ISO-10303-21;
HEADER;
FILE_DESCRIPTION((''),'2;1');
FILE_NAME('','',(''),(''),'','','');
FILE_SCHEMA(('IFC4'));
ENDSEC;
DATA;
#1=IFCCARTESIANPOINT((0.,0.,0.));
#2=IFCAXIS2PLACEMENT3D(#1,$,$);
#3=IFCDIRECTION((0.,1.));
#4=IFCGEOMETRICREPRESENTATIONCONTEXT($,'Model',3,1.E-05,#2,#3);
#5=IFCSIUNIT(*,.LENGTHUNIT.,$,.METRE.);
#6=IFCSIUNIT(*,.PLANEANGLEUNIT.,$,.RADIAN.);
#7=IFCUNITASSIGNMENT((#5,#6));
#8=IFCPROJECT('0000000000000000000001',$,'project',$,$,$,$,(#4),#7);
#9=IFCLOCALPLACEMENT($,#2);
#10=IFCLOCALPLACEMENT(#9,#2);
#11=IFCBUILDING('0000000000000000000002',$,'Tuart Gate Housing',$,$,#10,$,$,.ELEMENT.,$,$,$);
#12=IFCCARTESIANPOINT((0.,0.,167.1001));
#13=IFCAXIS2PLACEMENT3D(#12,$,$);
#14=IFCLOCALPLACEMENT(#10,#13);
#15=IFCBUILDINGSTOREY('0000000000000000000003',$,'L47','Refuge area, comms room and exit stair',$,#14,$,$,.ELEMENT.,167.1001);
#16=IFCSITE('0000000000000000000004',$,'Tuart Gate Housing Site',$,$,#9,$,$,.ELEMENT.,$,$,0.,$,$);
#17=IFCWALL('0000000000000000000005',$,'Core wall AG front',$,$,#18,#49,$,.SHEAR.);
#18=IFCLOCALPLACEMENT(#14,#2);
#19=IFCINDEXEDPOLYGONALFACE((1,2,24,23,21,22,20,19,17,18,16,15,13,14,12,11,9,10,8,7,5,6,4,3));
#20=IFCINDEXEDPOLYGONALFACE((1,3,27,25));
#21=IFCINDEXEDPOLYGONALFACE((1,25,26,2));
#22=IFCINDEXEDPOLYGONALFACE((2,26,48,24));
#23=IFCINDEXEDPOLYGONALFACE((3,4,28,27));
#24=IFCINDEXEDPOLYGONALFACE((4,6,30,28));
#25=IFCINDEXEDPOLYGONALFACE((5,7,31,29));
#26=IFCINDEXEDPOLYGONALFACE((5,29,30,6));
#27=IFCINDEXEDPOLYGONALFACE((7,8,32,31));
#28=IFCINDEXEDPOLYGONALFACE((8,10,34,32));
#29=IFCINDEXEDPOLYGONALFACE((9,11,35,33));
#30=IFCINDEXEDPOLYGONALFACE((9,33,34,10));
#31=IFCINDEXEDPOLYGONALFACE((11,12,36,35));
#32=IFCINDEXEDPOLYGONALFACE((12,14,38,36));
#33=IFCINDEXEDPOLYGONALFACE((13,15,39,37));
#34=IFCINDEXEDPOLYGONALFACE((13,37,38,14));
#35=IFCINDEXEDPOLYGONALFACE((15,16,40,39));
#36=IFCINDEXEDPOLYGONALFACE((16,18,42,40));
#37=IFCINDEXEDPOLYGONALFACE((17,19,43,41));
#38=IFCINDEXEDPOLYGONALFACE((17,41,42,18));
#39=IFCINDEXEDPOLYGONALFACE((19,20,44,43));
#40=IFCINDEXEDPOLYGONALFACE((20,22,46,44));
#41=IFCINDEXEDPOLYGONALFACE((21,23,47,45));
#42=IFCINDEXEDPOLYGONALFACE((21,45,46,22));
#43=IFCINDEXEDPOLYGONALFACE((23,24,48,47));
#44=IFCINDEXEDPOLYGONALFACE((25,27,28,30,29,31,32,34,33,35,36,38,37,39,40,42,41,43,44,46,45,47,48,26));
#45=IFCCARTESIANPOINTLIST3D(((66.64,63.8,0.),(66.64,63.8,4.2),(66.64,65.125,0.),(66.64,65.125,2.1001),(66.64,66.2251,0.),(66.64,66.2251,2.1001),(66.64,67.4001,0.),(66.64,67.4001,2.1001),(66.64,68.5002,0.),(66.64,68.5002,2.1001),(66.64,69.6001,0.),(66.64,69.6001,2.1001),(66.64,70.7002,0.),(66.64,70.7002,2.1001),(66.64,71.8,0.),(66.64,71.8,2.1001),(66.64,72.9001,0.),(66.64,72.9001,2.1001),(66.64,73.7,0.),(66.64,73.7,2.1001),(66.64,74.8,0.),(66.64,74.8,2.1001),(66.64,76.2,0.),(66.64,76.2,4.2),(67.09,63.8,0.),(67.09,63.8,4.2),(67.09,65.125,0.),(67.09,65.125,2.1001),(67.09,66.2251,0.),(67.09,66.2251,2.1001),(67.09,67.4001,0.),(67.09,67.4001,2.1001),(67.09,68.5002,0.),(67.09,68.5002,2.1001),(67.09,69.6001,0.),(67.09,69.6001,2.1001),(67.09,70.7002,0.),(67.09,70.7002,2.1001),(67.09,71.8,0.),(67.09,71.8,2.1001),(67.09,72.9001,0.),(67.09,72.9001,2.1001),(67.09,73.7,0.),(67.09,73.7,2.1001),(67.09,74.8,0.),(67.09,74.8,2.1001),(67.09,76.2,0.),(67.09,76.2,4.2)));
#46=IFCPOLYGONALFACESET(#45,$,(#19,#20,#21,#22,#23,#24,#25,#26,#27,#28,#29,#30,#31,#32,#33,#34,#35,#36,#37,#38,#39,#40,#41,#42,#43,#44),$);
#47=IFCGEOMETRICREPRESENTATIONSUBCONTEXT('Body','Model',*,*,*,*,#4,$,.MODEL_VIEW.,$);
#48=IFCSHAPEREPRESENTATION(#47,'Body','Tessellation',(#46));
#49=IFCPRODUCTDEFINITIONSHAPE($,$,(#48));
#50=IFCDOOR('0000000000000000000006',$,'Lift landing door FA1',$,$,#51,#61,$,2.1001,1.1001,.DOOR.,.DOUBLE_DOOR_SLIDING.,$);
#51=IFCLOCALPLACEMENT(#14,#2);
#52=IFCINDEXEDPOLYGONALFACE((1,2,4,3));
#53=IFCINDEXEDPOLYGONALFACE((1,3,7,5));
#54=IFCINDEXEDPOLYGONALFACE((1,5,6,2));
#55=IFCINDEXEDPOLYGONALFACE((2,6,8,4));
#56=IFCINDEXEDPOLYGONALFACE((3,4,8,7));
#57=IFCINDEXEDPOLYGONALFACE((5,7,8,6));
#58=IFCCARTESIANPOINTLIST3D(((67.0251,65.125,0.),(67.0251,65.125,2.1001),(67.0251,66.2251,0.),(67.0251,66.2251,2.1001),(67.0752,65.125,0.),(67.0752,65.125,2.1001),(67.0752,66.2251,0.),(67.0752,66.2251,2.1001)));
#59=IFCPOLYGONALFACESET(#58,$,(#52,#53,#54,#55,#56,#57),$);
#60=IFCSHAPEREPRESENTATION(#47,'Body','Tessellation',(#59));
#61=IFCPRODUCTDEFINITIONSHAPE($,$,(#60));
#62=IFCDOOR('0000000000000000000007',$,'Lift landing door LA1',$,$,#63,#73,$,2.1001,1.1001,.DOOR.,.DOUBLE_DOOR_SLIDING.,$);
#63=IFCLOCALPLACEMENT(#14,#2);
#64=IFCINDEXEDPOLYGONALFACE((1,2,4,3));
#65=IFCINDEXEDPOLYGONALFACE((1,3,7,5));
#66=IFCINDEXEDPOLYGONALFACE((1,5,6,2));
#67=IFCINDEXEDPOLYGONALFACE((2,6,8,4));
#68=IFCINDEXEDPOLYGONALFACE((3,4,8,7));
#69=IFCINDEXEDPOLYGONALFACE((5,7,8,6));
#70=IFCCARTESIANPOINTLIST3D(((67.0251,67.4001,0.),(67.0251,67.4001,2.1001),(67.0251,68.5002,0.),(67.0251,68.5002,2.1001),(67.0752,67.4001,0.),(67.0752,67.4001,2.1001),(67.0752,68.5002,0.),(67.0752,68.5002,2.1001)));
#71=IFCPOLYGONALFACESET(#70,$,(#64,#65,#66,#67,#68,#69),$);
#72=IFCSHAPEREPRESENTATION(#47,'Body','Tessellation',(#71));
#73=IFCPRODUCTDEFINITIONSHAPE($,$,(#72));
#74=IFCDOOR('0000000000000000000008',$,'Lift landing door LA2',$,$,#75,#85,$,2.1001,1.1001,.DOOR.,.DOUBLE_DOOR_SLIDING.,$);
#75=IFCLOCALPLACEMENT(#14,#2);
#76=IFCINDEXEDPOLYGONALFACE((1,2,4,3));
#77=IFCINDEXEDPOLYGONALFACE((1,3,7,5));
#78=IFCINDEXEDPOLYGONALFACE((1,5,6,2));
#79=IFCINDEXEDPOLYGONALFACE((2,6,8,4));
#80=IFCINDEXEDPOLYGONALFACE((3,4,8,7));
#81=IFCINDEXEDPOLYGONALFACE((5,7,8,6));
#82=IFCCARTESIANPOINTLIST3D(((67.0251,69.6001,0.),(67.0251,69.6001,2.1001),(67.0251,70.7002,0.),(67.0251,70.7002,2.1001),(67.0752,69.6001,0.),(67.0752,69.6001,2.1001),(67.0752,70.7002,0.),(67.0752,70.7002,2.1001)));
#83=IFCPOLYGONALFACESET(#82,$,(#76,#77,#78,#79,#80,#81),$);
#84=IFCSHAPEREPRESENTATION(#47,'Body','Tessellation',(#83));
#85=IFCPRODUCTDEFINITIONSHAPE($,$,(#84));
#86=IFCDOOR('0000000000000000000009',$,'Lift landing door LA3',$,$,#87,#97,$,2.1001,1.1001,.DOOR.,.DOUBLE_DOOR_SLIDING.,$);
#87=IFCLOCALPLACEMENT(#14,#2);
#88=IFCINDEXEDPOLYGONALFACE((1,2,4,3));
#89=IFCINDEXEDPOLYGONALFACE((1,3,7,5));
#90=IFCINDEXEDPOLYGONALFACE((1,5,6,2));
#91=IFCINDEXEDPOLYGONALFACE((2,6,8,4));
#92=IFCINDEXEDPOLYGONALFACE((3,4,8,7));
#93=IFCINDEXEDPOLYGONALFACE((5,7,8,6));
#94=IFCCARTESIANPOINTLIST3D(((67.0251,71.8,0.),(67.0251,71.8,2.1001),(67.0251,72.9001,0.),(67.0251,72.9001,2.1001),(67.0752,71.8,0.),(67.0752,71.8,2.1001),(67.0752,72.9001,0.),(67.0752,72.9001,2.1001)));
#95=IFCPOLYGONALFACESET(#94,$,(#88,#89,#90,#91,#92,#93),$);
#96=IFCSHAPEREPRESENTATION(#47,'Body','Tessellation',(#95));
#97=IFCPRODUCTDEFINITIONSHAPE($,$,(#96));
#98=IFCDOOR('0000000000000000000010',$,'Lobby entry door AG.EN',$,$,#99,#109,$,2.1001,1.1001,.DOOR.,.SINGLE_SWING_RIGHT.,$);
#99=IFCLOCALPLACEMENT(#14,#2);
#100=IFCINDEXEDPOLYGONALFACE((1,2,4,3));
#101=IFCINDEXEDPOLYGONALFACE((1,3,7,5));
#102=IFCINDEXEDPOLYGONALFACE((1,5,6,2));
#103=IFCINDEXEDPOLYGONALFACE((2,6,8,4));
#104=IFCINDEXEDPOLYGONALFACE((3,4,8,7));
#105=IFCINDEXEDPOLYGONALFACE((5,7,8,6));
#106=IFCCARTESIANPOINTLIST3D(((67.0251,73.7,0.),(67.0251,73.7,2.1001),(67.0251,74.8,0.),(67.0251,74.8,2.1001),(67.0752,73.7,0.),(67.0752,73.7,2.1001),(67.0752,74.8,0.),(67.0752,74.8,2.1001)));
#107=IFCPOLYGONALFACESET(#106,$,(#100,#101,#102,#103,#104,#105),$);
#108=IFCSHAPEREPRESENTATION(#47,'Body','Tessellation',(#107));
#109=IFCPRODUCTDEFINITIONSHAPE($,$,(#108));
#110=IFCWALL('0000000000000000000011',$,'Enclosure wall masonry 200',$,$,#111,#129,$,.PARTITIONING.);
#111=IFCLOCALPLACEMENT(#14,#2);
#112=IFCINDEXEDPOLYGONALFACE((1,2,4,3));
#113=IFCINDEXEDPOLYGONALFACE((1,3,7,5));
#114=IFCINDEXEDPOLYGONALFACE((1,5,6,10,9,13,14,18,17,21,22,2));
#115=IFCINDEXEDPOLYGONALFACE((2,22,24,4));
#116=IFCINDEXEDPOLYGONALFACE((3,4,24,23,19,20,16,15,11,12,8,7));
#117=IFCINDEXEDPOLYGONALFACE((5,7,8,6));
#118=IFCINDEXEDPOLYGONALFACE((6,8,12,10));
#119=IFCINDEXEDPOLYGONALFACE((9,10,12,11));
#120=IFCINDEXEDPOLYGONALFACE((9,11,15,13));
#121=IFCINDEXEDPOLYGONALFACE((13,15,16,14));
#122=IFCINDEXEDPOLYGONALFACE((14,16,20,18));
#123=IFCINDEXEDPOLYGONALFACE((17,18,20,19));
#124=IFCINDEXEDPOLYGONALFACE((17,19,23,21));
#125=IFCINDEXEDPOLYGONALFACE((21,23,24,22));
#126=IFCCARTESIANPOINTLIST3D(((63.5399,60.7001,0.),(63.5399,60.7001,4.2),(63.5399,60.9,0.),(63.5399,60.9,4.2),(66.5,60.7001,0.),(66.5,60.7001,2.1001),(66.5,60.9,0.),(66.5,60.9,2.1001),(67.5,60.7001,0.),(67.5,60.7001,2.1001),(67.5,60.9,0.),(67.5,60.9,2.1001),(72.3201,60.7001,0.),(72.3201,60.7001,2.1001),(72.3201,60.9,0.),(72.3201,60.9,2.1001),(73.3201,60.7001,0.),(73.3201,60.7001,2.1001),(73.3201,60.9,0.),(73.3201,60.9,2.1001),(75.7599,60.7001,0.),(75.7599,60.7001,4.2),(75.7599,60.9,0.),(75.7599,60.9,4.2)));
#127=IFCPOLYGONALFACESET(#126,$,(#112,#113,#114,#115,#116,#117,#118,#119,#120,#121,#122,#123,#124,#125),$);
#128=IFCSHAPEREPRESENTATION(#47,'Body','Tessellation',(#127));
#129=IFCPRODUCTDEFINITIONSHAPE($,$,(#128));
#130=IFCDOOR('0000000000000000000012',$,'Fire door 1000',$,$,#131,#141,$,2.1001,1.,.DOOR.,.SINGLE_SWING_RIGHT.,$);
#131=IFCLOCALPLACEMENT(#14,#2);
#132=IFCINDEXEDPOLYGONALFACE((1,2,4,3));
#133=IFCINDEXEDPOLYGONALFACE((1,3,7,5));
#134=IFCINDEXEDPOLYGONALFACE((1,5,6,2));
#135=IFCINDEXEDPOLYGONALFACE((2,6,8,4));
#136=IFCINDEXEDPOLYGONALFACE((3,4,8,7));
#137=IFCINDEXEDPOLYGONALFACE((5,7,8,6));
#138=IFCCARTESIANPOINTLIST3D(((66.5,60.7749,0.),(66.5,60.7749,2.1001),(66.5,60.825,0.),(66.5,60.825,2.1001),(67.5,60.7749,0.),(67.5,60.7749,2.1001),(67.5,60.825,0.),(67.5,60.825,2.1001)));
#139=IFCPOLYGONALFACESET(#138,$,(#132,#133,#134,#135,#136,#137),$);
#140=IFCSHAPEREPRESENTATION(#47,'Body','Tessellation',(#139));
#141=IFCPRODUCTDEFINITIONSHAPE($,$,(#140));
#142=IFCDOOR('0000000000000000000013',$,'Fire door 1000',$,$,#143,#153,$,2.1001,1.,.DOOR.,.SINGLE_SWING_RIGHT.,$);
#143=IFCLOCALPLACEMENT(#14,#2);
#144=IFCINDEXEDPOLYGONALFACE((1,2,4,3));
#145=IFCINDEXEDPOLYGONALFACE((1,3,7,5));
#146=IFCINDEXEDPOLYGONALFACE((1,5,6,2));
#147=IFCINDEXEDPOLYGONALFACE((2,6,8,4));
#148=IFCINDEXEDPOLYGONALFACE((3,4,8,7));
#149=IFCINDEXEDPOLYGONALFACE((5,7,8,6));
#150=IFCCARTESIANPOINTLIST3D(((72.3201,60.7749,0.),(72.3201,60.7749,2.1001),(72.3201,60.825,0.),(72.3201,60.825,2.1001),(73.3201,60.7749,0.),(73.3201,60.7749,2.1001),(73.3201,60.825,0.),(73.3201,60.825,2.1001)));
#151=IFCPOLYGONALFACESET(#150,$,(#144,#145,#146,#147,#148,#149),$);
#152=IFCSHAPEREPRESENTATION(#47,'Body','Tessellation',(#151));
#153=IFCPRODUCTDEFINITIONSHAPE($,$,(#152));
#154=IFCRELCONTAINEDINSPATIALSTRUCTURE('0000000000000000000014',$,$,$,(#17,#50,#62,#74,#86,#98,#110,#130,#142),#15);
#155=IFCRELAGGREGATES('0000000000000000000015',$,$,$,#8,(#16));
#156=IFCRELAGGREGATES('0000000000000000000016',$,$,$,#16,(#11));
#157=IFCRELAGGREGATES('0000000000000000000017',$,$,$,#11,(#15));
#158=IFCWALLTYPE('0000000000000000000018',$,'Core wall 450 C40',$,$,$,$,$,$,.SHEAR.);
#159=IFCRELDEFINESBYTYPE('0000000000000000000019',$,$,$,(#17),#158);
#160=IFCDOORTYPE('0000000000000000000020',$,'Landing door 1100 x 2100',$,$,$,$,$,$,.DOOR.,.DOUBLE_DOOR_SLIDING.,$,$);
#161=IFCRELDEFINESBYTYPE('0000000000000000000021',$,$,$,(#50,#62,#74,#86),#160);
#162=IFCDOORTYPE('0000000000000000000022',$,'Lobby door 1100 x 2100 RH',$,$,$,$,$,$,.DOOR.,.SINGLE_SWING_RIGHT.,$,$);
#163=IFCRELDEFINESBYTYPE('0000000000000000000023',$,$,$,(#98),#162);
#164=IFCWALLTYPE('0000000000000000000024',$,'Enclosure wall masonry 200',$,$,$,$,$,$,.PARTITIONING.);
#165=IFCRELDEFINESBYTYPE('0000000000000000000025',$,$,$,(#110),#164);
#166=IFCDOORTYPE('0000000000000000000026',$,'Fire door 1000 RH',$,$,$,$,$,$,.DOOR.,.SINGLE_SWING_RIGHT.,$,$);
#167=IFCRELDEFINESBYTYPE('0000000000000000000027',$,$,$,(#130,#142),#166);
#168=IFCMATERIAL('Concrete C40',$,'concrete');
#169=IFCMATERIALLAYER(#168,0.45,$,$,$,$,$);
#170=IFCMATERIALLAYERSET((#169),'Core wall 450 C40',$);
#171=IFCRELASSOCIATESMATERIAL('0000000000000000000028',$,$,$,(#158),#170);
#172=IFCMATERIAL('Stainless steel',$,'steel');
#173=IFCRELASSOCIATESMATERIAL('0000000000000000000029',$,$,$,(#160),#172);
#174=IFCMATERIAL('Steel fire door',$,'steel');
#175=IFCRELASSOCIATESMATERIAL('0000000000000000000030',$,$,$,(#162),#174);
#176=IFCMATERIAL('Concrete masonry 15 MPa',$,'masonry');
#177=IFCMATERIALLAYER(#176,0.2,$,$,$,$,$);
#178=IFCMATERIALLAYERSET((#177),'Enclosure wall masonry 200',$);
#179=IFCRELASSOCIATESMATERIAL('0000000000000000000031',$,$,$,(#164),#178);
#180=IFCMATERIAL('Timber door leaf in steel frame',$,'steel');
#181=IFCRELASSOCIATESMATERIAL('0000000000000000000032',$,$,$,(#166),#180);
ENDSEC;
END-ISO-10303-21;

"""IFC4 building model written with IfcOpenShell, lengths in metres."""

from ifc_helpers import new_model, si_unit, direction, frame, frame_2d, origin, place, context, subcontext, project, spatial, rectangle, extrude, material, layer, layer_set, type_object, element, fill, save


model = new_model("IFC4")

# Units and contexts
model_context = context("Model", 3, precision=1e-05, world=origin(), true_north=direction((0.0, 1.0)))
body_context = subcontext(model_context, "Body", "Model", "MODEL_VIEW")
ifc_project = project(units=[si_unit("LENGTHUNIT", "METRE"), si_unit("PLANEANGLEUNIT", "RADIAN")], contexts=[model_context])

# Site, building, storey
site_placement = place(None, origin())
site = spatial("IfcSite", under=ifc_project, at=site_placement, Name="Tuart Gate Housing Site", CompositionType="ELEMENT", RefElevation=0.0)
building_placement = place(site_placement, origin())
building = spatial("IfcBuilding", under=site, at=building_placement, Name="Tuart Gate Housing", CompositionType="ELEMENT")
storey_placement = place(building_placement, frame((0.0, 0.0, 167.1001)))
storey = spatial("IfcBuildingStorey", under=building, at=storey_placement, Name="L47", Description="Refuge area, comms room and exit stair", CompositionType="ELEMENT", Elevation=167.1001)

# Walls, openings, doors
ifc_material_1 = material(Name="Concrete C40", Category="concrete")
ifc_layer_1 = layer(ifc_material_1, 0.45)
ifc_layer_set_1 = layer_set([ifc_layer_1], Name="Core wall 450 C40")
wall_type_1 = type_object("IfcWallType", Name="Core wall 450 C40", PredefinedType="SHEAR", material=ifc_layer_set_1)
wall_1_placement = place(storey_placement, frame((66.865, 63.8, 0.0), z_axis=(0.0, 0.0, 1.0), x_axis=(0.0, 1.0, 0.0)))
wall_1 = element("IfcWall", 1, at=wall_1_placement, inside=storey, type_object=wall_type_1, Name="Core wall AG front", PredefinedType="SHEAR", context=body_context, shape_type="SweptSolid", body=[
    extrude(rectangle(XDim=12.3999, YDim=0.45, at=frame_2d((6.2, 0.0))), origin(), (0.0, 0.0, 1.0), 4.2),
])
opening_1_placement = place(wall_1_placement, frame((1.325, 0.0, 0.0)))
opening_1 = element("IfcOpeningElement", 2, at=opening_1_placement, cuts=wall_1, PredefinedType="OPENING", context=body_context, shape_type="SweptSolid", body=[
    extrude(rectangle(XDim=1.1001, YDim=2.1001, at=frame_2d((0.55, 1.05))), frame((0.0, 0.2349, 0.0), z_axis=(0.0, -1.0, 0.0), x_axis=(1.0, 0.0, 0.0)), (0.0, 0.0, 1.0), 0.47),
])
opening_2_placement = place(wall_1_placement, frame((3.6001, 0.0, 0.0)))
opening_2 = element("IfcOpeningElement", 3, at=opening_2_placement, cuts=wall_1, PredefinedType="OPENING", context=body_context, shape_type="SweptSolid", body=[
    extrude(rectangle(XDim=1.1001, YDim=2.1001, at=frame_2d((0.55, 1.05))), frame((0.0, 0.2349, 0.0), z_axis=(0.0, -1.0, 0.0), x_axis=(1.0, 0.0, 0.0)), (0.0, 0.0, 1.0), 0.47),
])
opening_3_placement = place(wall_1_placement, frame((5.8, 0.0, 0.0)))
opening_3 = element("IfcOpeningElement", 4, at=opening_3_placement, cuts=wall_1, PredefinedType="OPENING", context=body_context, shape_type="SweptSolid", body=[
    extrude(rectangle(XDim=1.1001, YDim=2.1001, at=frame_2d((0.55, 1.05))), frame((0.0, 0.2349, 0.0), z_axis=(0.0, -1.0, 0.0), x_axis=(1.0, 0.0, 0.0)), (0.0, 0.0, 1.0), 0.47),
])
opening_4_placement = place(wall_1_placement, frame((8.0, 0.0, 0.0)))
opening_4 = element("IfcOpeningElement", 5, at=opening_4_placement, cuts=wall_1, PredefinedType="OPENING", context=body_context, shape_type="SweptSolid", body=[
    extrude(rectangle(XDim=1.1001, YDim=2.1001, at=frame_2d((0.55, 1.05))), frame((0.0, 0.2349, 0.0), z_axis=(0.0, -1.0, 0.0), x_axis=(1.0, 0.0, 0.0)), (0.0, 0.0, 1.0), 0.47),
])
opening_5_placement = place(wall_1_placement, frame((9.8999, 0.0, 0.0)))
opening_5 = element("IfcOpeningElement", 6, at=opening_5_placement, cuts=wall_1, PredefinedType="OPENING", context=body_context, shape_type="SweptSolid", body=[
    extrude(rectangle(XDim=1.1001, YDim=2.1001, at=frame_2d((0.55, 1.05))), frame((0.0, 0.2349, 0.0), z_axis=(0.0, -1.0, 0.0), x_axis=(1.0, 0.0, 0.0)), (0.0, 0.0, 1.0), 0.47),
])
ifc_material_2 = material(Name="Stainless steel", Category="steel")
door_type_1 = type_object("IfcDoorType", Name="Landing door 1100 x 2100", OperationType="DOUBLE_DOOR_SLIDING", PredefinedType="DOOR", material=ifc_material_2)
door_1_placement = place(opening_1_placement, origin())
door_1 = element("IfcDoor", 7, at=door_1_placement, inside=storey, type_object=door_type_1, Name="Lift landing door FA1", OperationType="DOUBLE_DOOR_SLIDING", OverallHeight=2.1001, OverallWidth=1.1001, PredefinedType="DOOR", context=body_context, shape_type="SweptSolid", body=[
    extrude(rectangle(XDim=1.1001, YDim=2.1001, at=frame_2d((0.55, 1.05))), frame((0.0, -0.1602, 0.0), z_axis=(0.0, -1.0, 0.0), x_axis=(1.0, 0.0, 0.0)), (0.0, 0.0, 1.0), 0.05),
])
fill(opening_1, door_1)
door_2_placement = place(opening_2_placement, origin())
door_2 = element("IfcDoor", 8, at=door_2_placement, inside=storey, type_object=door_type_1, Name="Lift landing door LA1", OperationType="DOUBLE_DOOR_SLIDING", OverallHeight=2.1001, OverallWidth=1.1001, PredefinedType="DOOR", context=body_context, shape_type="SweptSolid", body=[
    extrude(rectangle(XDim=1.1001, YDim=2.1001, at=frame_2d((0.55, 1.05))), frame((0.0, -0.1602, 0.0), z_axis=(0.0, -1.0, 0.0), x_axis=(1.0, 0.0, 0.0)), (0.0, 0.0, 1.0), 0.05),
])
fill(opening_2, door_2)
door_3_placement = place(opening_3_placement, origin())
door_3 = element("IfcDoor", 9, at=door_3_placement, inside=storey, type_object=door_type_1, Name="Lift landing door LA2", OperationType="DOUBLE_DOOR_SLIDING", OverallHeight=2.1001, OverallWidth=1.1001, PredefinedType="DOOR", context=body_context, shape_type="SweptSolid", body=[
    extrude(rectangle(XDim=1.1001, YDim=2.1001, at=frame_2d((0.55, 1.05))), frame((0.0, -0.1602, 0.0), z_axis=(0.0, -1.0, 0.0), x_axis=(1.0, 0.0, 0.0)), (0.0, 0.0, 1.0), 0.05),
])
fill(opening_3, door_3)
door_4_placement = place(opening_4_placement, origin())
door_4 = element("IfcDoor", 10, at=door_4_placement, inside=storey, type_object=door_type_1, Name="Lift landing door LA3", OperationType="DOUBLE_DOOR_SLIDING", OverallHeight=2.1001, OverallWidth=1.1001, PredefinedType="DOOR", context=body_context, shape_type="SweptSolid", body=[
    extrude(rectangle(XDim=1.1001, YDim=2.1001, at=frame_2d((0.55, 1.05))), frame((0.0, -0.1602, 0.0), z_axis=(0.0, -1.0, 0.0), x_axis=(1.0, 0.0, 0.0)), (0.0, 0.0, 1.0), 0.05),
])
fill(opening_4, door_4)
ifc_material_3 = material(Name="Steel fire door", Category="steel")
door_type_2 = type_object("IfcDoorType", Name="Lobby door 1100 x 2100 RH", OperationType="SINGLE_SWING_RIGHT", PredefinedType="DOOR", material=ifc_material_3)
door_5_placement = place(opening_5_placement, frame((1.1001, 0.0, 0.0), z_axis=(0.0, 0.0, 1.0), x_axis=(-1.0, 0.0, 0.0)))
door_5 = element("IfcDoor", 11, at=door_5_placement, inside=storey, type_object=door_type_2, Name="Lobby entry door AG.EN", OperationType="SINGLE_SWING_RIGHT", OverallHeight=2.1001, OverallWidth=1.1001, PredefinedType="DOOR", context=body_context, shape_type="SweptSolid", body=[
    extrude(rectangle(XDim=1.1001, YDim=2.1001, at=frame_2d((0.55, 1.05))), frame((0.0, 0.2102, 0.0), z_axis=(0.0, -1.0, 0.0), x_axis=(1.0, 0.0, 0.0)), (0.0, 0.0, 1.0), 0.05),
])
fill(opening_5, door_5)
ifc_material_4 = material(Name="Concrete masonry 15 MPa", Category="masonry")
ifc_layer_2 = layer(ifc_material_4, 0.2)
ifc_layer_set_2 = layer_set([ifc_layer_2], Name="Enclosure wall masonry 200")
wall_type_2 = type_object("IfcWallType", Name="Enclosure wall masonry 200", PredefinedType="PARTITIONING", material=ifc_layer_set_2)
wall_2_placement = place(storey_placement, frame((63.54, 60.8, 0.0), z_axis=(0.0, 0.0, 1.0), x_axis=(1.0, 0.0, 0.0)))
wall_2 = element("IfcWall", 12, at=wall_2_placement, inside=storey, type_object=wall_type_2, Name="Enclosure wall masonry 200", PredefinedType="PARTITIONING", context=body_context, shape_type="SweptSolid", body=[
    extrude(rectangle(XDim=12.22, YDim=0.2, at=frame_2d((6.1099, 0.0))), origin(), (0.0, 0.0, 1.0), 4.2),
])
opening_6_placement = place(wall_2_placement, frame((2.96, 0.0, 0.0)))
opening_6 = element("IfcOpeningElement", 13, at=opening_6_placement, cuts=wall_2, PredefinedType="OPENING", context=body_context, shape_type="SweptSolid", body=[
    extrude(rectangle(XDim=1.0, YDim=2.1001, at=frame_2d((0.5, 1.05))), frame((0.0, 0.1099, 0.0), z_axis=(0.0, -1.0, 0.0), x_axis=(1.0, 0.0, 0.0)), (0.0, 0.0, 1.0), 0.22),
])
opening_7_placement = place(wall_2_placement, frame((8.78, 0.0, 0.0)))
opening_7 = element("IfcOpeningElement", 14, at=opening_7_placement, cuts=wall_2, PredefinedType="OPENING", context=body_context, shape_type="SweptSolid", body=[
    extrude(rectangle(XDim=1.0, YDim=2.1001, at=frame_2d((0.5, 1.05))), frame((0.0, 0.1099, 0.0), z_axis=(0.0, -1.0, 0.0), x_axis=(1.0, 0.0, 0.0)), (0.0, 0.0, 1.0), 0.22),
])
ifc_material_5 = material(Name="Timber door leaf in steel frame", Category="steel")
door_type_3 = type_object("IfcDoorType", Name="Fire door 1000 RH", OperationType="SINGLE_SWING_RIGHT", PredefinedType="DOOR", material=ifc_material_5)
door_6_placement = place(opening_6_placement, frame((1.0, 0.0, 0.0), z_axis=(0.0, 0.0, 1.0), x_axis=(-1.0, 0.0, 0.0)))
door_6 = element("IfcDoor", 15, at=door_6_placement, inside=storey, type_object=door_type_3, Name="Fire door 1000", OperationType="SINGLE_SWING_RIGHT", OverallHeight=2.1001, OverallWidth=1.0, PredefinedType="DOOR", context=body_context, shape_type="SweptSolid", body=[
    extrude(rectangle(XDim=1.0, YDim=2.1001, at=frame_2d((0.5, 1.05))), frame((0.0, 0.0251, 0.0), z_axis=(0.0, -1.0, 0.0), x_axis=(1.0, 0.0, 0.0)), (0.0, 0.0, 1.0), 0.05),
])
fill(opening_6, door_6)
door_7_placement = place(opening_7_placement, frame((1.0, 0.0, 0.0), z_axis=(0.0, 0.0, 1.0), x_axis=(-1.0, 0.0, 0.0)))
door_7 = element("IfcDoor", 16, at=door_7_placement, inside=storey, type_object=door_type_3, Name="Fire door 1000", OperationType="SINGLE_SWING_RIGHT", OverallHeight=2.1001, OverallWidth=1.0, PredefinedType="DOOR", context=body_context, shape_type="SweptSolid", body=[
    extrude(rectangle(XDim=1.0, YDim=2.1001, at=frame_2d((0.5, 1.05))), frame((0.0, 0.0251, 0.0), z_axis=(0.0, -1.0, 0.0), x_axis=(1.0, 0.0, 0.0)), (0.0, 0.0, 1.0), 0.05),
])
fill(opening_7, door_7)

save(model, "model.ifc")
